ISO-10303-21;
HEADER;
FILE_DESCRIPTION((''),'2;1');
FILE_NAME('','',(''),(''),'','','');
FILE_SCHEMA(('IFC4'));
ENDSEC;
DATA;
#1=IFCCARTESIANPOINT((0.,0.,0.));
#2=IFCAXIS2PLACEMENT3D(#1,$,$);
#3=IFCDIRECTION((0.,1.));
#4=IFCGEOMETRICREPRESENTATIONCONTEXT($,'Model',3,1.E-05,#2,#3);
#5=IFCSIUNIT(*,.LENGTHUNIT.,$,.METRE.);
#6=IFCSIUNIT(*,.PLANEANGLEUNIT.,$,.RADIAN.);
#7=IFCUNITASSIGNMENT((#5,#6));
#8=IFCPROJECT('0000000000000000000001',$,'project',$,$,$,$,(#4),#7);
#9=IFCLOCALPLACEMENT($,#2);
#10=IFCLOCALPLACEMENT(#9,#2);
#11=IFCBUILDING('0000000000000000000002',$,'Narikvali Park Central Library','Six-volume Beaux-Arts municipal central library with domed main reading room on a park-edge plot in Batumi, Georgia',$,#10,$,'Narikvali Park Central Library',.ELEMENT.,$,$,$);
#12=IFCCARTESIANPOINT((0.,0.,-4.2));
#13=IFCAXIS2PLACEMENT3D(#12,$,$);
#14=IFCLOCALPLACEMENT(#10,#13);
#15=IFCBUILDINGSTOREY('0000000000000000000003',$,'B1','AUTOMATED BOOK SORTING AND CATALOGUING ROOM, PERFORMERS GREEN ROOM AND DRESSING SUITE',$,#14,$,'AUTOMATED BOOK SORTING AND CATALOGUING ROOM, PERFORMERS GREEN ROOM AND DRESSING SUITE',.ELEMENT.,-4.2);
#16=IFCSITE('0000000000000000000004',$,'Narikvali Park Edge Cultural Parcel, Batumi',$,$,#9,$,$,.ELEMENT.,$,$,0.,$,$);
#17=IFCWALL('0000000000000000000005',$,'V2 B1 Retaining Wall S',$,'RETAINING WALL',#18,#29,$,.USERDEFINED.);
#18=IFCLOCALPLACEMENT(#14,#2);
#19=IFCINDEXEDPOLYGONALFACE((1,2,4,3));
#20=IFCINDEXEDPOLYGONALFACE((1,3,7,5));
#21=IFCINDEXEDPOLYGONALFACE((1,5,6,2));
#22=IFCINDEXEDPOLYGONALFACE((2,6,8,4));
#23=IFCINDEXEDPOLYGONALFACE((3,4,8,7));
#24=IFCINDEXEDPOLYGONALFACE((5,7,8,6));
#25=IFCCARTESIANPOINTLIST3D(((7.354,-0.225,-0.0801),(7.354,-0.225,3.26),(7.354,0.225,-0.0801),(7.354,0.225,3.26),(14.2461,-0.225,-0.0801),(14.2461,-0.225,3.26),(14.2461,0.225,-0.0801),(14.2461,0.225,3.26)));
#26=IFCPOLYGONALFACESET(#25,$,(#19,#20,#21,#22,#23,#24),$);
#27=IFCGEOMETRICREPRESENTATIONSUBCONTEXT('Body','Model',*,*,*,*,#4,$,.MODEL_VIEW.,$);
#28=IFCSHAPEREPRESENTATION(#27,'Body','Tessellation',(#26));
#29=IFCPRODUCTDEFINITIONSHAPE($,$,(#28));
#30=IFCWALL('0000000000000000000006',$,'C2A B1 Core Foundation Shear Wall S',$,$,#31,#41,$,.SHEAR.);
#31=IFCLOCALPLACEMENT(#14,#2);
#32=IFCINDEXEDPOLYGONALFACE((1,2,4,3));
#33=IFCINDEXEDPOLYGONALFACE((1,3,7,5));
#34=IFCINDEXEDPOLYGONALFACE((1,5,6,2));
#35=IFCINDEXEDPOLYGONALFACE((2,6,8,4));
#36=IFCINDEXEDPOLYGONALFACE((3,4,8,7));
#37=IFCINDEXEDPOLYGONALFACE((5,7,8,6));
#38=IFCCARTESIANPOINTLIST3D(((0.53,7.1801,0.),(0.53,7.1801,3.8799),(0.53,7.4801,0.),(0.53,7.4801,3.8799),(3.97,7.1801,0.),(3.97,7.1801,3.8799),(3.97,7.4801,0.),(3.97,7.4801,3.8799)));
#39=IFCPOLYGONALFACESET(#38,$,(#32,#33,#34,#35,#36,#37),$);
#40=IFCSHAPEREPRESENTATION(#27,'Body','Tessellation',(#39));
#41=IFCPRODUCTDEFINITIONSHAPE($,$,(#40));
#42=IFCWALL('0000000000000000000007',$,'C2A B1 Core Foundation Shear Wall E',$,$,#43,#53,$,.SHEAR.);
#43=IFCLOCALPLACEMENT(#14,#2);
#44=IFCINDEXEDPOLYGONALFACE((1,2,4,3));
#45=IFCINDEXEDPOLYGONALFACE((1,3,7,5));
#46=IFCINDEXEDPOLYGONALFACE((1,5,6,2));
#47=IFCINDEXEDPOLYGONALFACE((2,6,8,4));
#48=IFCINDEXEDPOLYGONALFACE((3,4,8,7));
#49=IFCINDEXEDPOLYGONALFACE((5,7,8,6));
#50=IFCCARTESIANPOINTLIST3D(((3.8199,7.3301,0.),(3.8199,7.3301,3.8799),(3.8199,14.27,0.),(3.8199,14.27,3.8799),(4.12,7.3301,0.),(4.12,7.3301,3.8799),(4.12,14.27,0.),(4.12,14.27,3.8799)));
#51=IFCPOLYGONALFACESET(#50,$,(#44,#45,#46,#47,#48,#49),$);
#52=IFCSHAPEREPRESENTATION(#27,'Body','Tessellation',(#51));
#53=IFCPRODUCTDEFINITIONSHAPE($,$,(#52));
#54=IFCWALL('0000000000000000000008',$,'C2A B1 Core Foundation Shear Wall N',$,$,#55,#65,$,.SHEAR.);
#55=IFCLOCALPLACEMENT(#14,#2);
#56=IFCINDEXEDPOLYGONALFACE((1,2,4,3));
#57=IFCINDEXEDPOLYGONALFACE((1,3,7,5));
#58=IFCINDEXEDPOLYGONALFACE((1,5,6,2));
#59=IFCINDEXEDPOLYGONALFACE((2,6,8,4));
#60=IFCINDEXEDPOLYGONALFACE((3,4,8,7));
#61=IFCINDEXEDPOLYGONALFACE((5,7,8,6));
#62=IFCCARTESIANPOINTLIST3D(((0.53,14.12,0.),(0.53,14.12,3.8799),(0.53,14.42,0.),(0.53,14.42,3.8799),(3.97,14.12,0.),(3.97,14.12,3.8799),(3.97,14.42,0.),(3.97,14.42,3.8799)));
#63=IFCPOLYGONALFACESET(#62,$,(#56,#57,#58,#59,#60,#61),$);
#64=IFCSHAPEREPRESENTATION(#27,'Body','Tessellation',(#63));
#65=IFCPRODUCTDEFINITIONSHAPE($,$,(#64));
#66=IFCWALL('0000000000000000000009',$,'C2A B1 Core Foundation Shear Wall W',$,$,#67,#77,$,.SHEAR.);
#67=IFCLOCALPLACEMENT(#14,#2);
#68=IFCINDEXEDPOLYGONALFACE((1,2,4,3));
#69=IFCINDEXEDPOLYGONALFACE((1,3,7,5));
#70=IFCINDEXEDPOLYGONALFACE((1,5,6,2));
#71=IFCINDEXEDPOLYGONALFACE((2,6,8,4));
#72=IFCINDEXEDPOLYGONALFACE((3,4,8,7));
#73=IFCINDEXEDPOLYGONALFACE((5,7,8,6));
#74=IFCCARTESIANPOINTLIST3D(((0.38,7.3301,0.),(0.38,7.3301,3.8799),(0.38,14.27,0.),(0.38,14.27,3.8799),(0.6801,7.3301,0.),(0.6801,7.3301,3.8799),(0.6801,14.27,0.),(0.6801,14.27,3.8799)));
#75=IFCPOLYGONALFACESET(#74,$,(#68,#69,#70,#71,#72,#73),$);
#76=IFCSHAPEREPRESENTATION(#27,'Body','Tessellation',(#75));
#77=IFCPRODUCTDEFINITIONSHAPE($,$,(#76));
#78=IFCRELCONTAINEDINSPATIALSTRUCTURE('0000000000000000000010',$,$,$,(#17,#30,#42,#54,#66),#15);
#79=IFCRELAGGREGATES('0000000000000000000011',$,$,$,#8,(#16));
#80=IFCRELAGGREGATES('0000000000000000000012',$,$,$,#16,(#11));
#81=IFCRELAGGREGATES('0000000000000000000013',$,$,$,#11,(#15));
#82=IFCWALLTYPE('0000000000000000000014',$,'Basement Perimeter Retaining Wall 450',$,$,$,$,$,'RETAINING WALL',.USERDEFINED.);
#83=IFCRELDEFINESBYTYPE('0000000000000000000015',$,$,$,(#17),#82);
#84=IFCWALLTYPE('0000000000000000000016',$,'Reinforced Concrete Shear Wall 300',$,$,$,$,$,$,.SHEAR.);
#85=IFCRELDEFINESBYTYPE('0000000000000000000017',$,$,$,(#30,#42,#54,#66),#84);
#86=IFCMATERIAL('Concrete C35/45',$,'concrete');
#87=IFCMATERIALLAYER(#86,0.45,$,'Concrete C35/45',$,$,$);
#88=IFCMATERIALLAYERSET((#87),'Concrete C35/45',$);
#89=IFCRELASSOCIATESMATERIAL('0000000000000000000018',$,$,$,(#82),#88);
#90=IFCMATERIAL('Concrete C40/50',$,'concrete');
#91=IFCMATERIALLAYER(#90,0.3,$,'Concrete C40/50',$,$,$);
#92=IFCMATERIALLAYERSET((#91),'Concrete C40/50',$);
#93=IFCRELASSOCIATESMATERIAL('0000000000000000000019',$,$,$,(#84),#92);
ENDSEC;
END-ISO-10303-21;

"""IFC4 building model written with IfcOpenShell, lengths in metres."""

from ifc_helpers import new_model, si_unit, direction, frame, frame_2d, origin, place, context, subcontext, project, spatial, rectangle, extrude, material, layer, layer_set, type_object, element, save


model = new_model("IFC4")

# Units and contexts
model_context = context("Model", 3, precision=1e-05, world=origin(), true_north=direction((0.0, 1.0)))
body_context = subcontext(model_context, "Body", "Model", "MODEL_VIEW")
ifc_project = project(units=[si_unit("LENGTHUNIT", "METRE"), si_unit("PLANEANGLEUNIT", "RADIAN")], contexts=[model_context])

# Site, building, storey
site_placement = place(None, origin())
site = spatial("IfcSite", under=ifc_project, at=site_placement, Name="Narikvali Park Edge Cultural Parcel, Batumi", CompositionType="ELEMENT", RefElevation=0.0)
building_placement = place(site_placement, origin())
building = spatial("IfcBuilding", under=site, at=building_placement, Name="Narikvali Park Central Library", Description="Six-volume Beaux-Arts municipal central library with domed main reading room on a park-edge plot in Batumi, Georgia", LongName="Narikvali Park Central Library", CompositionType="ELEMENT")
storey_placement = place(building_placement, frame((0.0, 0.0, -4.2)))
storey = spatial("IfcBuildingStorey", under=building, at=storey_placement, Name="B1", Description="AUTOMATED BOOK SORTING AND CATALOGUING ROOM, PERFORMERS GREEN ROOM AND DRESSING SUITE", LongName="AUTOMATED BOOK SORTING AND CATALOGUING ROOM, PERFORMERS GREEN ROOM AND DRESSING SUITE", CompositionType="ELEMENT", Elevation=-4.2)

# Shared definitions
ifc_material_1 = material(Name="Concrete C35/45", Category="concrete")

# Walls
ifc_layer_1 = layer(ifc_material_1, 0.45, Name="Concrete C35/45")
ifc_layer_set_1 = layer_set([ifc_layer_1], Name="Concrete C35/45")
wall_type_1 = type_object("IfcWallType", Name="Basement Perimeter Retaining Wall 450", ElementType="RETAINING WALL", PredefinedType="USERDEFINED", material=ifc_layer_set_1)
wall_1_placement = place(storey_placement, frame((7.354, 0.0, -0.0801), z_axis=(0.0, 0.0, 1.0), x_axis=(1.0, 0.0, 0.0)))
element("IfcWall", 1, at=wall_1_placement, inside=storey, type_object=wall_type_1, Name="V2 B1 Retaining Wall S", ObjectType="RETAINING WALL", PredefinedType="USERDEFINED", context=body_context, shape_type="SweptSolid", body=[
    extrude(rectangle(XDim=6.8921, YDim=0.45, at=frame_2d((3.446, 0.0))), origin(), (0.0, 0.0, 1.0), 3.3401),
])
ifc_material_2 = material(Name="Concrete C40/50", Category="concrete")
ifc_layer_2 = layer(ifc_material_2, 0.3, Name="Concrete C40/50")
ifc_layer_set_2 = layer_set([ifc_layer_2], Name="Concrete C40/50")
wall_type_2 = type_object("IfcWallType", Name="Reinforced Concrete Shear Wall 300", PredefinedType="SHEAR", material=ifc_layer_set_2)
wall_2_placement = place(storey_placement, frame((0.53, 7.3301, 0.0), z_axis=(0.0, 0.0, 1.0), x_axis=(1.0, 0.0, 0.0)))
element("IfcWall", 2, at=wall_2_placement, inside=storey, type_object=wall_type_2, Name="C2A B1 Core Foundation Shear Wall S", PredefinedType="SHEAR", context=body_context, shape_type="SweptSolid", body=[
    extrude(rectangle(XDim=3.4399, YDim=0.3, at=frame_2d((1.72, 0.0))), origin(), (0.0, 0.0, 1.0), 3.8799),
])
wall_3_placement = place(storey_placement, frame((3.97, 7.3301, 0.0), z_axis=(0.0, 0.0, 1.0), x_axis=(0.0, 1.0, 0.0)))
element("IfcWall", 3, at=wall_3_placement, inside=storey, type_object=wall_type_2, Name="C2A B1 Core Foundation Shear Wall E", PredefinedType="SHEAR", context=body_context, shape_type="SweptSolid", body=[
    extrude(rectangle(XDim=6.9399, YDim=0.3, at=frame_2d((3.47, 0.0))), origin(), (0.0, 0.0, 1.0), 3.8799),
])
wall_4_placement = place(storey_placement, frame((3.97, 14.27, 0.0), z_axis=(0.0, 0.0, 1.0), x_axis=(-1.0, 0.0, 0.0)))
element("IfcWall", 4, at=wall_4_placement, inside=storey, type_object=wall_type_2, Name="C2A B1 Core Foundation Shear Wall N", PredefinedType="SHEAR", context=body_context, shape_type="SweptSolid", body=[
    extrude(rectangle(XDim=3.4399, YDim=0.3, at=frame_2d((1.72, 0.0))), origin(), (0.0, 0.0, 1.0), 3.8799),
])
wall_5_placement = place(storey_placement, frame((0.53, 14.27, 0.0), z_axis=(0.0, 0.0, 1.0), x_axis=(0.0, -1.0, 0.0)))
element("IfcWall", 5, at=wall_5_placement, inside=storey, type_object=wall_type_2, Name="C2A B1 Core Foundation Shear Wall W", PredefinedType="SHEAR", context=body_context, shape_type="SweptSolid", body=[
    extrude(rectangle(XDim=6.9399, YDim=0.3, at=frame_2d((3.47, 0.0))), origin(), (0.0, 0.0, 1.0), 3.8799),
])

save(model, "model.ifc")
